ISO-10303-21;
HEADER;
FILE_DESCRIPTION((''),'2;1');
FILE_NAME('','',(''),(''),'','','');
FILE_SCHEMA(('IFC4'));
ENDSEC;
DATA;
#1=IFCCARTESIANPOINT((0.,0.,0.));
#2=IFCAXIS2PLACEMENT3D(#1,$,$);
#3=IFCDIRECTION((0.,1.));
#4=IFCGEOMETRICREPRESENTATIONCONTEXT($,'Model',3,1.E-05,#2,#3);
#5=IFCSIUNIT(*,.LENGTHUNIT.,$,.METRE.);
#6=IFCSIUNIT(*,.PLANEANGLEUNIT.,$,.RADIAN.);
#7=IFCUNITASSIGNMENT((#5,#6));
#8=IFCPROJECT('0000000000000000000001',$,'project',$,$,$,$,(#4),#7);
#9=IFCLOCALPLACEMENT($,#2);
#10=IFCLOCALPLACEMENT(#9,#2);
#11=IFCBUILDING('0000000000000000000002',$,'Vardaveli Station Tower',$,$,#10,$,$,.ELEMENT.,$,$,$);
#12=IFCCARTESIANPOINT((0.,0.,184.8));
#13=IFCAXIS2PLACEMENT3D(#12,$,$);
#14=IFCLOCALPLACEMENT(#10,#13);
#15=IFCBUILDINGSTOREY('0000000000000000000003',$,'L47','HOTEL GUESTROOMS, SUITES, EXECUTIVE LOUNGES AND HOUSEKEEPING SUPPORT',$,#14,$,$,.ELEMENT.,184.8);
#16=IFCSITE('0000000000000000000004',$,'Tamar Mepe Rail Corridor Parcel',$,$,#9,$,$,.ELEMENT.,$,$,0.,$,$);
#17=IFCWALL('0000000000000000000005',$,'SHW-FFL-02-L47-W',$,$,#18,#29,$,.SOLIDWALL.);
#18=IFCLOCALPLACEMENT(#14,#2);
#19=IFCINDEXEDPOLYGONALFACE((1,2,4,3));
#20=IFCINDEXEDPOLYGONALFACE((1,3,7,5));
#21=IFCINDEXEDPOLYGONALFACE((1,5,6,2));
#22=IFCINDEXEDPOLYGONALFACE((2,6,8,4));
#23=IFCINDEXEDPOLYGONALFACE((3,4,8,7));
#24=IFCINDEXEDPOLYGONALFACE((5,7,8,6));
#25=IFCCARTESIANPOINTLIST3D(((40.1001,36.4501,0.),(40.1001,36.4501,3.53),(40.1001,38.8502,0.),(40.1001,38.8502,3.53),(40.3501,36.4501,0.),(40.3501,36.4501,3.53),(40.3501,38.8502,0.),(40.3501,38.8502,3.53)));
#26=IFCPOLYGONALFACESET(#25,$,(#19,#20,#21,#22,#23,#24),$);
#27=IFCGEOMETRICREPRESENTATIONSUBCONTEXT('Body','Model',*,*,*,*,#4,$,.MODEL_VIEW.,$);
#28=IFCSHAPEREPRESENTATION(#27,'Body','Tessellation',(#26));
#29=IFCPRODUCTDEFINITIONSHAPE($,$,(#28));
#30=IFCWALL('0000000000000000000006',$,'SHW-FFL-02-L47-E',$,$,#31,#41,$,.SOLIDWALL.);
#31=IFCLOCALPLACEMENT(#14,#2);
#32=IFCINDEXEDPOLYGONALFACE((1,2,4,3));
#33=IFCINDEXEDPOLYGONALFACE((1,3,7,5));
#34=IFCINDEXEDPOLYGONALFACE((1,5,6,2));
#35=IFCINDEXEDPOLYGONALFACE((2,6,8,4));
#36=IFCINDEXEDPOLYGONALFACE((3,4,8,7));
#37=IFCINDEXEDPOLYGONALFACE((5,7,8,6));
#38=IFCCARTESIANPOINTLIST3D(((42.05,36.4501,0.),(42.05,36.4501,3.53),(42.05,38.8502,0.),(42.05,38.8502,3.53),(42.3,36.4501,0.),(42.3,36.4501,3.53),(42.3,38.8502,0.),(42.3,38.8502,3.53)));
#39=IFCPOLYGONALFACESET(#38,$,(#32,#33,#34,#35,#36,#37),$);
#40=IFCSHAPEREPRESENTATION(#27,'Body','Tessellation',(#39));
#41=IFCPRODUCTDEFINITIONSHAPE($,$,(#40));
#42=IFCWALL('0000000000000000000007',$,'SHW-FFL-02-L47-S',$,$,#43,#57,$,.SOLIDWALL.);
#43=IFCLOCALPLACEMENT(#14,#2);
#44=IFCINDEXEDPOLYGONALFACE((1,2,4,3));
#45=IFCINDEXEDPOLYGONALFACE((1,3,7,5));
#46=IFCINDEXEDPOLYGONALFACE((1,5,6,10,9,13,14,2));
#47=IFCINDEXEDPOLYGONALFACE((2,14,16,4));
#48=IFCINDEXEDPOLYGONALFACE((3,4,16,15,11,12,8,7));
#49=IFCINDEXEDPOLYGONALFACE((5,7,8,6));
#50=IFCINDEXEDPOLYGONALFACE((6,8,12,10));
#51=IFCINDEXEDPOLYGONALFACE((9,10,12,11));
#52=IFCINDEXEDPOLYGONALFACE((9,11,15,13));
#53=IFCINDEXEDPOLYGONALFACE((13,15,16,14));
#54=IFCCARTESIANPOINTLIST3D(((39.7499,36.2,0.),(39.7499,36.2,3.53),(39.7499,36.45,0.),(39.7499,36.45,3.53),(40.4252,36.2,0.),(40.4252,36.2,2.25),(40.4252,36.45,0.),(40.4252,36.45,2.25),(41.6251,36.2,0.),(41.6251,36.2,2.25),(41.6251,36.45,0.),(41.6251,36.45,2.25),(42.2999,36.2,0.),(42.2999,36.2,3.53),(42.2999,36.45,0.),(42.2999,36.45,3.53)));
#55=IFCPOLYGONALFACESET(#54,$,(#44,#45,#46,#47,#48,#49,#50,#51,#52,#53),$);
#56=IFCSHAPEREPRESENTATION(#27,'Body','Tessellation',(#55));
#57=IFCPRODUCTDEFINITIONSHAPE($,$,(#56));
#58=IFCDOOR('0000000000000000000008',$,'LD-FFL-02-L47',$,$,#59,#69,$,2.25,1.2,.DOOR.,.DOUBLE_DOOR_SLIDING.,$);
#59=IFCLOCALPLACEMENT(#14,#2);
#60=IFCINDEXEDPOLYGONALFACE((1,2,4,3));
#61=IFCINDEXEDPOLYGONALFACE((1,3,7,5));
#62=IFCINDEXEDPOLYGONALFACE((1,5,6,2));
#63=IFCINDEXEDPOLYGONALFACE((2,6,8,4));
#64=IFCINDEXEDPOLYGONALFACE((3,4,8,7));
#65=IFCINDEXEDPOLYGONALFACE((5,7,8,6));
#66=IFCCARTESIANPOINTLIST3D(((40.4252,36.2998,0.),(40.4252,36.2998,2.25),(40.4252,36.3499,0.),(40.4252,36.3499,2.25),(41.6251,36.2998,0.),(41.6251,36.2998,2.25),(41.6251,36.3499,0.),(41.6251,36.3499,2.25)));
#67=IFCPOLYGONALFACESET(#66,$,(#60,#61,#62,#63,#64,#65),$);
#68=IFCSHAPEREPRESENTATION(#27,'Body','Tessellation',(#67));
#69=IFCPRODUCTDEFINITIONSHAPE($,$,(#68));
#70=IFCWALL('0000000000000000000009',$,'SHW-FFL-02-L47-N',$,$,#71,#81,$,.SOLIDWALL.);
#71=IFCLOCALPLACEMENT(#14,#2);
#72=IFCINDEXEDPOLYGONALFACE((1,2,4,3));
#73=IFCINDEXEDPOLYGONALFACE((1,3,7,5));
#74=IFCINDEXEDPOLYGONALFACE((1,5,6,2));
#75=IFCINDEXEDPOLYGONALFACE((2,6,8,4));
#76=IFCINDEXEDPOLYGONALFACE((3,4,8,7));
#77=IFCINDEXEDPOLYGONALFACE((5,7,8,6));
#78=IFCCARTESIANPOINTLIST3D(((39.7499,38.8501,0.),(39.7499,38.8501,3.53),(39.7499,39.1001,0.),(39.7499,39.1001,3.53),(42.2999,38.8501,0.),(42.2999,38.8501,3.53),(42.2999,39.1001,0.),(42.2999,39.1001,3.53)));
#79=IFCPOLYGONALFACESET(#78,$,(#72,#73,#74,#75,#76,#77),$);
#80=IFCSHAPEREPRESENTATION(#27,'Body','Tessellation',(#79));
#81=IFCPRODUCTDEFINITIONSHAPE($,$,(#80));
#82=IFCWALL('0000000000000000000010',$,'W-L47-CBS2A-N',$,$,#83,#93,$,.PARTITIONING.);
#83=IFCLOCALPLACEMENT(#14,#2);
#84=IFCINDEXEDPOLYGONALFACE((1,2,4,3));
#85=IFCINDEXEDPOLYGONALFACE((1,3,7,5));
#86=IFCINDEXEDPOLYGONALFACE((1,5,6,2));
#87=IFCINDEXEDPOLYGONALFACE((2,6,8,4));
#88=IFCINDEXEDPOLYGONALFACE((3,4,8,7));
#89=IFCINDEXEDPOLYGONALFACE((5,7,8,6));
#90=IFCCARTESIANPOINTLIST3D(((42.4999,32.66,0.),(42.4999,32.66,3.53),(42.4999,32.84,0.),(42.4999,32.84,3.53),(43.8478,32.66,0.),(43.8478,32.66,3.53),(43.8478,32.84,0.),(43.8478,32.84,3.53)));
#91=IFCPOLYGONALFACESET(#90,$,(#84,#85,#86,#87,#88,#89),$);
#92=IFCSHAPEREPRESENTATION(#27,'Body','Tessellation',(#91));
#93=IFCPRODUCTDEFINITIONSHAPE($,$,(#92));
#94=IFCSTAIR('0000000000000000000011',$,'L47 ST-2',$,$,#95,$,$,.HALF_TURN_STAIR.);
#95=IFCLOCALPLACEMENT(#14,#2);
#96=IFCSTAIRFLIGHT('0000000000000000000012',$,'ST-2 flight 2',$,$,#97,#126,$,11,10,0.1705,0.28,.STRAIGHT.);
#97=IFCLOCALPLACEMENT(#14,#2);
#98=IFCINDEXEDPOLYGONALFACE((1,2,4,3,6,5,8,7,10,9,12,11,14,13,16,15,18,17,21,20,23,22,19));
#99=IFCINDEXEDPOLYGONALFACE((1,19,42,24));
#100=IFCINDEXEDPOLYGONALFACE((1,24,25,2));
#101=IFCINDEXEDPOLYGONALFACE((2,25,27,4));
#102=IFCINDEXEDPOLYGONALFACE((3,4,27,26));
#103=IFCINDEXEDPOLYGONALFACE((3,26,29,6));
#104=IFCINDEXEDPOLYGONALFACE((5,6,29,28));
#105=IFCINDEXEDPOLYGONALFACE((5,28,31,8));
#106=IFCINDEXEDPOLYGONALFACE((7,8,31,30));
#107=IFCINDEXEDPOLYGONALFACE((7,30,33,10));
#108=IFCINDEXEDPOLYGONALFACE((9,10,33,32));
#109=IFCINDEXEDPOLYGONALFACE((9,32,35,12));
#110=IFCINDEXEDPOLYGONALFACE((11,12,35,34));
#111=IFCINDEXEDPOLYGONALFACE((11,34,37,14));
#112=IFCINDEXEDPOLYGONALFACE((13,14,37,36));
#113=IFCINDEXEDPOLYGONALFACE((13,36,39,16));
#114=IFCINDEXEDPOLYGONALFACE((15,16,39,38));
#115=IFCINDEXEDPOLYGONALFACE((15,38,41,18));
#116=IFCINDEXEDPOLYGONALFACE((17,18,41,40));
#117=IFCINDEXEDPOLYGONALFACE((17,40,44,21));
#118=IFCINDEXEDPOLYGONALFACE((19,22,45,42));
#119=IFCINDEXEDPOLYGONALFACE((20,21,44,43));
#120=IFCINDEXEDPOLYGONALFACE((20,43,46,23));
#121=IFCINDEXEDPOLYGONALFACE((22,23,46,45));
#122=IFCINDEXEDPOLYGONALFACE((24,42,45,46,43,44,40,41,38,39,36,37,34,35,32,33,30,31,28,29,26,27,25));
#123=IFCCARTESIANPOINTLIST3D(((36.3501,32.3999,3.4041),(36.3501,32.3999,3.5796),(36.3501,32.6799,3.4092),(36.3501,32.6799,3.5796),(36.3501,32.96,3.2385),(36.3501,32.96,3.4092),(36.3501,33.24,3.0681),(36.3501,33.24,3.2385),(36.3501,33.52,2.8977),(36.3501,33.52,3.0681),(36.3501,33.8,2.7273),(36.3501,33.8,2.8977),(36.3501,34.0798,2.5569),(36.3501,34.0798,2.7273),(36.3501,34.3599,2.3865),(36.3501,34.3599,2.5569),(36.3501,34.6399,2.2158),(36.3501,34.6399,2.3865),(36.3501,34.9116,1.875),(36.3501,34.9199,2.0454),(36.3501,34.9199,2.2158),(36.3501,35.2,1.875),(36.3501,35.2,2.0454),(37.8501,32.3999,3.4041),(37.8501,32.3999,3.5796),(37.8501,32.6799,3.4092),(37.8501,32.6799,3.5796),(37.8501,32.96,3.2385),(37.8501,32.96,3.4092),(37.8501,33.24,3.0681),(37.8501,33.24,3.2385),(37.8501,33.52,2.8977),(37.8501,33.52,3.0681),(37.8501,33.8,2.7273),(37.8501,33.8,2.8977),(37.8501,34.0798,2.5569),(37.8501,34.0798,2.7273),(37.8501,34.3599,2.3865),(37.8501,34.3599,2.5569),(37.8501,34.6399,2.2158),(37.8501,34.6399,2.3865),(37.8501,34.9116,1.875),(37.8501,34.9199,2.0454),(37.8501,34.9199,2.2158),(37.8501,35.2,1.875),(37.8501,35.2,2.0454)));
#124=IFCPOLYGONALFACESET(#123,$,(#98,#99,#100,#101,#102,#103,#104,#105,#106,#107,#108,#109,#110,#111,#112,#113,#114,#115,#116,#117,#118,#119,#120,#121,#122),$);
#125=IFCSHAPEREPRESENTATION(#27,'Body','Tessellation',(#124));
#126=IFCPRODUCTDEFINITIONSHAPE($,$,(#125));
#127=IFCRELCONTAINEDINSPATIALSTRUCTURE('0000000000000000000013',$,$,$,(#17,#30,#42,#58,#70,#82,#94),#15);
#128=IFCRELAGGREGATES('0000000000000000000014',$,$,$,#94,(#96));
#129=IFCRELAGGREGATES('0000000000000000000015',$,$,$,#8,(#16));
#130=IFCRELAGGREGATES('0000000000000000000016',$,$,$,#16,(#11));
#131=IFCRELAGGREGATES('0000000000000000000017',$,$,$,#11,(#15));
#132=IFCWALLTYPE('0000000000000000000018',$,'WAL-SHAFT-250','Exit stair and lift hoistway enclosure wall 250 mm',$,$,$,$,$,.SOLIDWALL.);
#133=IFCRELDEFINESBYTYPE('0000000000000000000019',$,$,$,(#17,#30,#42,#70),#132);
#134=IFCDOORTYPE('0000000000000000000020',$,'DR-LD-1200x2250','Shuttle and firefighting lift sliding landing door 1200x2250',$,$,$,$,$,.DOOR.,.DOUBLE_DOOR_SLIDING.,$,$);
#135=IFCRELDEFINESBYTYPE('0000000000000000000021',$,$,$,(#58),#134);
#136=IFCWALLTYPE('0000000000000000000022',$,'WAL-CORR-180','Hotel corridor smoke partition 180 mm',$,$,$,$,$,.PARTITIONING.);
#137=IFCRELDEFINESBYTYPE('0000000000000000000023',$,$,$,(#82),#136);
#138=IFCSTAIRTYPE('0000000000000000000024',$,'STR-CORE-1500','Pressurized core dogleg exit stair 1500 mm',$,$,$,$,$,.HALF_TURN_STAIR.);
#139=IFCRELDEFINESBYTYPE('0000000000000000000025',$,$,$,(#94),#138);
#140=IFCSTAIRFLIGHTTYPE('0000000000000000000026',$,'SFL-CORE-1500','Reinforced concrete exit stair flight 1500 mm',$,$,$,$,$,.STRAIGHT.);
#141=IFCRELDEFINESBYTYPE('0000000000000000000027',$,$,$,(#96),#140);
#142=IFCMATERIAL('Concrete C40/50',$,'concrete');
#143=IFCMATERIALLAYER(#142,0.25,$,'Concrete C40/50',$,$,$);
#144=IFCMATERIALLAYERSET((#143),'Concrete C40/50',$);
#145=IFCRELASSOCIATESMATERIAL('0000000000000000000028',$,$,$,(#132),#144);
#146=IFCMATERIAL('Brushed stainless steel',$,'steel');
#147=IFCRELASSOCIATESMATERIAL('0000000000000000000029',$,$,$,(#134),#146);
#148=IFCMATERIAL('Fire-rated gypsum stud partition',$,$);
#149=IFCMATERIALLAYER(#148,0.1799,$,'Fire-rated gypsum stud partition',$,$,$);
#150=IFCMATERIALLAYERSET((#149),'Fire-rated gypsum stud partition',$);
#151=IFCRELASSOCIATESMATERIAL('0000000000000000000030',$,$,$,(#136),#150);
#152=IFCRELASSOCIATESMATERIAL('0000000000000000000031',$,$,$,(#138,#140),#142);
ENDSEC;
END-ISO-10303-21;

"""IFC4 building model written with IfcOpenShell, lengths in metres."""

from ifc_helpers import new_model, si_unit, direction, frame, frame_2d, origin, place, context, subcontext, project, spatial, polyline, rectangle, outline, extrude, source, transform, mapped, material, layer, layer_set, type_object, element, fill, aggregate, save


model = new_model("IFC4")

# Units and contexts
model_context = context("Model", 3, precision=1e-05, world=origin(), true_north=direction((0.0, 1.0)))
body_context = subcontext(model_context, "Body", "Model", "MODEL_VIEW")
ifc_project = project(units=[si_unit("LENGTHUNIT", "METRE"), si_unit("PLANEANGLEUNIT", "RADIAN")], contexts=[model_context])

# Site, building, storey
site_placement = place(None, origin())
site = spatial("IfcSite", under=ifc_project, at=site_placement, Name="Tamar Mepe Rail Corridor Parcel", CompositionType="ELEMENT", RefElevation=0.0)
building_placement = place(site_placement, origin())
building = spatial("IfcBuilding", under=site, at=building_placement, Name="Vardaveli Station Tower", CompositionType="ELEMENT")
storey_placement = place(building_placement, frame((0.0, 0.0, 184.8)))
storey = spatial("IfcBuildingStorey", under=building, at=storey_placement, Name="L47", Description="HOTEL GUESTROOMS, SUITES, EXECUTIVE LOUNGES AND HOUSEKEEPING SUPPORT", CompositionType="ELEMENT", Elevation=184.8)

# Walls
ifc_material_1 = material(Name="Concrete C40/50", Category="concrete")
ifc_layer_1 = layer(ifc_material_1, 0.25, Name="Concrete C40/50")
ifc_layer_set_1 = layer_set([ifc_layer_1], Name="Concrete C40/50")
wall_type_1 = type_object("IfcWallType", Name="WAL-SHAFT-250", Description="Exit stair and lift hoistway enclosure wall 250 mm", PredefinedType="SOLIDWALL", material=ifc_layer_set_1)
shared_shape_1 = source(origin(), body_context, "Body", "SweptSolid", [
    extrude(rectangle(XDim=2.4001, YDim=0.25, at=frame_2d((1.2002, 0.0))), origin(), (0.0, 0.0, 1.0), 3.53),
])
for number, where, z_axis, x_axis, name in (
    (1, (40.2251, 36.45, 0.0), (0.0, 0.0, 1.0), (0.0, 1.0, 0.0), "SHW-FFL-02-L47-W"),
    (2, (42.175, 36.45, 0.0), (0.0, 0.0, 1.0), (0.0, 1.0, 0.0), "SHW-FFL-02-L47-E"),
):
    element("IfcWall", number, at=place(storey_placement, frame(where, z_axis=z_axis, x_axis=x_axis)), inside=storey, type_object=wall_type_1, Name=name, PredefinedType="SOLIDWALL", context=body_context, shape_type="MappedRepresentation", body=[
        mapped(shared_shape_1, transform((0.0, 0.0, 0.0), scale=1.0)),
    ])

# Wall, opening, door
shared_shape_2 = source(origin(), body_context, "Body", "SweptSolid", [
    extrude(rectangle(XDim=2.55, YDim=0.25, at=frame_2d((1.2749, 0.0))), origin(), (0.0, 0.0, 1.0), 3.53),
])
wall_1_placement = place(storey_placement, frame((39.75, 36.325, 0.0), z_axis=(0.0, 0.0, 1.0), x_axis=(1.0, 0.0, 0.0)))
wall_1 = element("IfcWall", 3, at=wall_1_placement, inside=storey, type_object=wall_type_1, Name="SHW-FFL-02-L47-S", PredefinedType="SOLIDWALL", context=body_context, shape_type="MappedRepresentation", body=[
    mapped(shared_shape_2, transform((0.0, 0.0, 0.0), scale=1.0)),
])
shared_shape_3 = source(origin(), body_context, "Body", "SweptSolid", [
    extrude(rectangle(XDim=1.2, YDim=2.25, at=frame_2d((0.6001, 1.125))), frame((0.0, 0.135, 0.0), z_axis=(0.0, -1.0, 0.0), x_axis=(1.0, 0.0, 0.0)), (0.0, 0.0, 1.0), 0.27),
])
opening_placement = place(wall_1_placement, frame((0.675, 0.0, 0.0)))
opening = element("IfcOpeningElement", 4, at=opening_placement, cuts=wall_1, PredefinedType="OPENING", context=body_context, shape_type="MappedRepresentation", body=[
    mapped(shared_shape_3, transform((0.0, 0.0, 0.0), scale=1.0)),
])
ifc_material_2 = material(Name="Brushed stainless steel", Category="steel")
door_type = type_object("IfcDoorType", Name="DR-LD-1200x2250", Description="Shuttle and firefighting lift sliding landing door 1200x2250", OperationType="DOUBLE_DOOR_SLIDING", PredefinedType="DOOR", material=ifc_material_2)
shared_shape_4 = source(origin(), body_context, "Body", "SweptSolid", [
    extrude(rectangle(XDim=1.2, YDim=2.25, at=frame_2d((0.6001, 1.125))), frame((0.0, 0.0249, 0.0), z_axis=(0.0, -1.0, 0.0), x_axis=(1.0, 0.0, 0.0)), (0.0, 0.0, 1.0), 0.05),
])
door_placement = place(opening_placement, origin())
door = element("IfcDoor", 5, at=door_placement, inside=storey, type_object=door_type, Name="LD-FFL-02-L47", OperationType="DOUBLE_DOOR_SLIDING", OverallHeight=2.25, OverallWidth=1.2, PredefinedType="DOOR", context=body_context, shape_type="MappedRepresentation", body=[
    mapped(shared_shape_4, transform((0.0, 0.0, 0.0), scale=1.0)),
])
fill(opening, door)

# Walls
wall_2_placement = place(storey_placement, frame((39.75, 38.9751, 0.0), z_axis=(0.0, 0.0, 1.0), x_axis=(1.0, 0.0, 0.0)))
element("IfcWall", 6, at=wall_2_placement, inside=storey, type_object=wall_type_1, Name="SHW-FFL-02-L47-N", PredefinedType="SOLIDWALL", context=body_context, shape_type="MappedRepresentation", body=[
    mapped(shared_shape_2, transform((0.0, 0.0, 0.0), scale=1.0)),
])
ifc_material_3 = material(Name="Fire-rated gypsum stud partition")
ifc_layer_2 = layer(ifc_material_3, 0.1799, Name="Fire-rated gypsum stud partition")
ifc_layer_set_2 = layer_set([ifc_layer_2], Name="Fire-rated gypsum stud partition")
wall_type_2 = type_object("IfcWallType", Name="WAL-CORR-180", Description="Hotel corridor smoke partition 180 mm", PredefinedType="PARTITIONING", material=ifc_layer_set_2)
shared_shape_5 = source(origin(), body_context, "Body", "SweptSolid", [
    extrude(rectangle(XDim=1.3479, YDim=0.1799, at=frame_2d((0.6738, 0.0))), origin(), (0.0, 0.0, 1.0), 3.53),
])
wall_3_placement = place(storey_placement, frame((42.5, 32.75, 0.0), z_axis=(0.0, 0.0, 1.0), x_axis=(1.0, 0.0, 0.0)))
element("IfcWall", 7, at=wall_3_placement, inside=storey, type_object=wall_type_2, Name="W-L47-CBS2A-N", PredefinedType="PARTITIONING", context=body_context, shape_type="MappedRepresentation", body=[
    mapped(shared_shape_5, transform((0.0, 0.0, 0.0), scale=1.0)),
])

# Stair, stair flight
stair_type = type_object("IfcStairType", Name="STR-CORE-1500", Description="Pressurized core dogleg exit stair 1500 mm", PredefinedType="HALF_TURN_STAIR", material=ifc_material_1)
stair_placement = place(storey_placement, origin())
stair = element("IfcStair", 8, at=stair_placement, inside=storey, type_object=stair_type, Name="L47 ST-2", PredefinedType="HALF_TURN_STAIR")
stair_flight_type = type_object("IfcStairFlightType", Name="SFL-CORE-1500", Description="Reinforced concrete exit stair flight 1500 mm", PredefinedType="STRAIGHT", material=ifc_material_1)
shared_shape_6 = source(origin(), body_context, "Body", "SweptSolid", [
    extrude(outline(polyline([(0.0, 0.0), (0.0, 0.1704), (0.28, 0.1704), (0.28, 0.3408), (0.5601, 0.3408), (0.5601, 0.5115), (0.8401, 0.5115), (0.8401, 0.6819), (1.1201, 0.6819), (1.1201, 0.8523), (1.3999, 0.8523), (1.3999, 1.0227), (1.6799, 1.0227), (1.6799, 1.1931), (1.96, 1.1931), (1.96, 1.3635), (2.24, 1.3635), (2.24, 1.5342), (2.52, 1.5342), (2.52, 1.7046), (2.8, 1.7046), (2.8, 1.875), (2.8, 1.5291), (0.2883, 0.0), (0.0, 0.0)])), frame((0.0, 0.75, 0.0), z_axis=(0.0, -1.0, 0.0), x_axis=(1.0, 0.0, 0.0)), (0.0, 0.0, 1.0), 1.5),
])
stair_flight_placement = place(storey_placement, frame((37.1001, 35.2, 1.875), z_axis=(0.0, 0.0, 1.0), x_axis=(0.0, -1.0, 0.0)))
stair_flight = element("IfcStairFlight", 9, at=stair_flight_placement, type_object=stair_flight_type, Name="ST-2 flight 2", NumberOfRisers=11, NumberOfTreads=10, PredefinedType="STRAIGHT", RiserHeight=0.1705, TreadLength=0.28, context=body_context, shape_type="MappedRepresentation", body=[
    mapped(shared_shape_6, transform((0.0, 0.0, 0.0), scale=1.0)),
])
aggregate(stair, [stair_flight])

save(model, "model.ifc")
